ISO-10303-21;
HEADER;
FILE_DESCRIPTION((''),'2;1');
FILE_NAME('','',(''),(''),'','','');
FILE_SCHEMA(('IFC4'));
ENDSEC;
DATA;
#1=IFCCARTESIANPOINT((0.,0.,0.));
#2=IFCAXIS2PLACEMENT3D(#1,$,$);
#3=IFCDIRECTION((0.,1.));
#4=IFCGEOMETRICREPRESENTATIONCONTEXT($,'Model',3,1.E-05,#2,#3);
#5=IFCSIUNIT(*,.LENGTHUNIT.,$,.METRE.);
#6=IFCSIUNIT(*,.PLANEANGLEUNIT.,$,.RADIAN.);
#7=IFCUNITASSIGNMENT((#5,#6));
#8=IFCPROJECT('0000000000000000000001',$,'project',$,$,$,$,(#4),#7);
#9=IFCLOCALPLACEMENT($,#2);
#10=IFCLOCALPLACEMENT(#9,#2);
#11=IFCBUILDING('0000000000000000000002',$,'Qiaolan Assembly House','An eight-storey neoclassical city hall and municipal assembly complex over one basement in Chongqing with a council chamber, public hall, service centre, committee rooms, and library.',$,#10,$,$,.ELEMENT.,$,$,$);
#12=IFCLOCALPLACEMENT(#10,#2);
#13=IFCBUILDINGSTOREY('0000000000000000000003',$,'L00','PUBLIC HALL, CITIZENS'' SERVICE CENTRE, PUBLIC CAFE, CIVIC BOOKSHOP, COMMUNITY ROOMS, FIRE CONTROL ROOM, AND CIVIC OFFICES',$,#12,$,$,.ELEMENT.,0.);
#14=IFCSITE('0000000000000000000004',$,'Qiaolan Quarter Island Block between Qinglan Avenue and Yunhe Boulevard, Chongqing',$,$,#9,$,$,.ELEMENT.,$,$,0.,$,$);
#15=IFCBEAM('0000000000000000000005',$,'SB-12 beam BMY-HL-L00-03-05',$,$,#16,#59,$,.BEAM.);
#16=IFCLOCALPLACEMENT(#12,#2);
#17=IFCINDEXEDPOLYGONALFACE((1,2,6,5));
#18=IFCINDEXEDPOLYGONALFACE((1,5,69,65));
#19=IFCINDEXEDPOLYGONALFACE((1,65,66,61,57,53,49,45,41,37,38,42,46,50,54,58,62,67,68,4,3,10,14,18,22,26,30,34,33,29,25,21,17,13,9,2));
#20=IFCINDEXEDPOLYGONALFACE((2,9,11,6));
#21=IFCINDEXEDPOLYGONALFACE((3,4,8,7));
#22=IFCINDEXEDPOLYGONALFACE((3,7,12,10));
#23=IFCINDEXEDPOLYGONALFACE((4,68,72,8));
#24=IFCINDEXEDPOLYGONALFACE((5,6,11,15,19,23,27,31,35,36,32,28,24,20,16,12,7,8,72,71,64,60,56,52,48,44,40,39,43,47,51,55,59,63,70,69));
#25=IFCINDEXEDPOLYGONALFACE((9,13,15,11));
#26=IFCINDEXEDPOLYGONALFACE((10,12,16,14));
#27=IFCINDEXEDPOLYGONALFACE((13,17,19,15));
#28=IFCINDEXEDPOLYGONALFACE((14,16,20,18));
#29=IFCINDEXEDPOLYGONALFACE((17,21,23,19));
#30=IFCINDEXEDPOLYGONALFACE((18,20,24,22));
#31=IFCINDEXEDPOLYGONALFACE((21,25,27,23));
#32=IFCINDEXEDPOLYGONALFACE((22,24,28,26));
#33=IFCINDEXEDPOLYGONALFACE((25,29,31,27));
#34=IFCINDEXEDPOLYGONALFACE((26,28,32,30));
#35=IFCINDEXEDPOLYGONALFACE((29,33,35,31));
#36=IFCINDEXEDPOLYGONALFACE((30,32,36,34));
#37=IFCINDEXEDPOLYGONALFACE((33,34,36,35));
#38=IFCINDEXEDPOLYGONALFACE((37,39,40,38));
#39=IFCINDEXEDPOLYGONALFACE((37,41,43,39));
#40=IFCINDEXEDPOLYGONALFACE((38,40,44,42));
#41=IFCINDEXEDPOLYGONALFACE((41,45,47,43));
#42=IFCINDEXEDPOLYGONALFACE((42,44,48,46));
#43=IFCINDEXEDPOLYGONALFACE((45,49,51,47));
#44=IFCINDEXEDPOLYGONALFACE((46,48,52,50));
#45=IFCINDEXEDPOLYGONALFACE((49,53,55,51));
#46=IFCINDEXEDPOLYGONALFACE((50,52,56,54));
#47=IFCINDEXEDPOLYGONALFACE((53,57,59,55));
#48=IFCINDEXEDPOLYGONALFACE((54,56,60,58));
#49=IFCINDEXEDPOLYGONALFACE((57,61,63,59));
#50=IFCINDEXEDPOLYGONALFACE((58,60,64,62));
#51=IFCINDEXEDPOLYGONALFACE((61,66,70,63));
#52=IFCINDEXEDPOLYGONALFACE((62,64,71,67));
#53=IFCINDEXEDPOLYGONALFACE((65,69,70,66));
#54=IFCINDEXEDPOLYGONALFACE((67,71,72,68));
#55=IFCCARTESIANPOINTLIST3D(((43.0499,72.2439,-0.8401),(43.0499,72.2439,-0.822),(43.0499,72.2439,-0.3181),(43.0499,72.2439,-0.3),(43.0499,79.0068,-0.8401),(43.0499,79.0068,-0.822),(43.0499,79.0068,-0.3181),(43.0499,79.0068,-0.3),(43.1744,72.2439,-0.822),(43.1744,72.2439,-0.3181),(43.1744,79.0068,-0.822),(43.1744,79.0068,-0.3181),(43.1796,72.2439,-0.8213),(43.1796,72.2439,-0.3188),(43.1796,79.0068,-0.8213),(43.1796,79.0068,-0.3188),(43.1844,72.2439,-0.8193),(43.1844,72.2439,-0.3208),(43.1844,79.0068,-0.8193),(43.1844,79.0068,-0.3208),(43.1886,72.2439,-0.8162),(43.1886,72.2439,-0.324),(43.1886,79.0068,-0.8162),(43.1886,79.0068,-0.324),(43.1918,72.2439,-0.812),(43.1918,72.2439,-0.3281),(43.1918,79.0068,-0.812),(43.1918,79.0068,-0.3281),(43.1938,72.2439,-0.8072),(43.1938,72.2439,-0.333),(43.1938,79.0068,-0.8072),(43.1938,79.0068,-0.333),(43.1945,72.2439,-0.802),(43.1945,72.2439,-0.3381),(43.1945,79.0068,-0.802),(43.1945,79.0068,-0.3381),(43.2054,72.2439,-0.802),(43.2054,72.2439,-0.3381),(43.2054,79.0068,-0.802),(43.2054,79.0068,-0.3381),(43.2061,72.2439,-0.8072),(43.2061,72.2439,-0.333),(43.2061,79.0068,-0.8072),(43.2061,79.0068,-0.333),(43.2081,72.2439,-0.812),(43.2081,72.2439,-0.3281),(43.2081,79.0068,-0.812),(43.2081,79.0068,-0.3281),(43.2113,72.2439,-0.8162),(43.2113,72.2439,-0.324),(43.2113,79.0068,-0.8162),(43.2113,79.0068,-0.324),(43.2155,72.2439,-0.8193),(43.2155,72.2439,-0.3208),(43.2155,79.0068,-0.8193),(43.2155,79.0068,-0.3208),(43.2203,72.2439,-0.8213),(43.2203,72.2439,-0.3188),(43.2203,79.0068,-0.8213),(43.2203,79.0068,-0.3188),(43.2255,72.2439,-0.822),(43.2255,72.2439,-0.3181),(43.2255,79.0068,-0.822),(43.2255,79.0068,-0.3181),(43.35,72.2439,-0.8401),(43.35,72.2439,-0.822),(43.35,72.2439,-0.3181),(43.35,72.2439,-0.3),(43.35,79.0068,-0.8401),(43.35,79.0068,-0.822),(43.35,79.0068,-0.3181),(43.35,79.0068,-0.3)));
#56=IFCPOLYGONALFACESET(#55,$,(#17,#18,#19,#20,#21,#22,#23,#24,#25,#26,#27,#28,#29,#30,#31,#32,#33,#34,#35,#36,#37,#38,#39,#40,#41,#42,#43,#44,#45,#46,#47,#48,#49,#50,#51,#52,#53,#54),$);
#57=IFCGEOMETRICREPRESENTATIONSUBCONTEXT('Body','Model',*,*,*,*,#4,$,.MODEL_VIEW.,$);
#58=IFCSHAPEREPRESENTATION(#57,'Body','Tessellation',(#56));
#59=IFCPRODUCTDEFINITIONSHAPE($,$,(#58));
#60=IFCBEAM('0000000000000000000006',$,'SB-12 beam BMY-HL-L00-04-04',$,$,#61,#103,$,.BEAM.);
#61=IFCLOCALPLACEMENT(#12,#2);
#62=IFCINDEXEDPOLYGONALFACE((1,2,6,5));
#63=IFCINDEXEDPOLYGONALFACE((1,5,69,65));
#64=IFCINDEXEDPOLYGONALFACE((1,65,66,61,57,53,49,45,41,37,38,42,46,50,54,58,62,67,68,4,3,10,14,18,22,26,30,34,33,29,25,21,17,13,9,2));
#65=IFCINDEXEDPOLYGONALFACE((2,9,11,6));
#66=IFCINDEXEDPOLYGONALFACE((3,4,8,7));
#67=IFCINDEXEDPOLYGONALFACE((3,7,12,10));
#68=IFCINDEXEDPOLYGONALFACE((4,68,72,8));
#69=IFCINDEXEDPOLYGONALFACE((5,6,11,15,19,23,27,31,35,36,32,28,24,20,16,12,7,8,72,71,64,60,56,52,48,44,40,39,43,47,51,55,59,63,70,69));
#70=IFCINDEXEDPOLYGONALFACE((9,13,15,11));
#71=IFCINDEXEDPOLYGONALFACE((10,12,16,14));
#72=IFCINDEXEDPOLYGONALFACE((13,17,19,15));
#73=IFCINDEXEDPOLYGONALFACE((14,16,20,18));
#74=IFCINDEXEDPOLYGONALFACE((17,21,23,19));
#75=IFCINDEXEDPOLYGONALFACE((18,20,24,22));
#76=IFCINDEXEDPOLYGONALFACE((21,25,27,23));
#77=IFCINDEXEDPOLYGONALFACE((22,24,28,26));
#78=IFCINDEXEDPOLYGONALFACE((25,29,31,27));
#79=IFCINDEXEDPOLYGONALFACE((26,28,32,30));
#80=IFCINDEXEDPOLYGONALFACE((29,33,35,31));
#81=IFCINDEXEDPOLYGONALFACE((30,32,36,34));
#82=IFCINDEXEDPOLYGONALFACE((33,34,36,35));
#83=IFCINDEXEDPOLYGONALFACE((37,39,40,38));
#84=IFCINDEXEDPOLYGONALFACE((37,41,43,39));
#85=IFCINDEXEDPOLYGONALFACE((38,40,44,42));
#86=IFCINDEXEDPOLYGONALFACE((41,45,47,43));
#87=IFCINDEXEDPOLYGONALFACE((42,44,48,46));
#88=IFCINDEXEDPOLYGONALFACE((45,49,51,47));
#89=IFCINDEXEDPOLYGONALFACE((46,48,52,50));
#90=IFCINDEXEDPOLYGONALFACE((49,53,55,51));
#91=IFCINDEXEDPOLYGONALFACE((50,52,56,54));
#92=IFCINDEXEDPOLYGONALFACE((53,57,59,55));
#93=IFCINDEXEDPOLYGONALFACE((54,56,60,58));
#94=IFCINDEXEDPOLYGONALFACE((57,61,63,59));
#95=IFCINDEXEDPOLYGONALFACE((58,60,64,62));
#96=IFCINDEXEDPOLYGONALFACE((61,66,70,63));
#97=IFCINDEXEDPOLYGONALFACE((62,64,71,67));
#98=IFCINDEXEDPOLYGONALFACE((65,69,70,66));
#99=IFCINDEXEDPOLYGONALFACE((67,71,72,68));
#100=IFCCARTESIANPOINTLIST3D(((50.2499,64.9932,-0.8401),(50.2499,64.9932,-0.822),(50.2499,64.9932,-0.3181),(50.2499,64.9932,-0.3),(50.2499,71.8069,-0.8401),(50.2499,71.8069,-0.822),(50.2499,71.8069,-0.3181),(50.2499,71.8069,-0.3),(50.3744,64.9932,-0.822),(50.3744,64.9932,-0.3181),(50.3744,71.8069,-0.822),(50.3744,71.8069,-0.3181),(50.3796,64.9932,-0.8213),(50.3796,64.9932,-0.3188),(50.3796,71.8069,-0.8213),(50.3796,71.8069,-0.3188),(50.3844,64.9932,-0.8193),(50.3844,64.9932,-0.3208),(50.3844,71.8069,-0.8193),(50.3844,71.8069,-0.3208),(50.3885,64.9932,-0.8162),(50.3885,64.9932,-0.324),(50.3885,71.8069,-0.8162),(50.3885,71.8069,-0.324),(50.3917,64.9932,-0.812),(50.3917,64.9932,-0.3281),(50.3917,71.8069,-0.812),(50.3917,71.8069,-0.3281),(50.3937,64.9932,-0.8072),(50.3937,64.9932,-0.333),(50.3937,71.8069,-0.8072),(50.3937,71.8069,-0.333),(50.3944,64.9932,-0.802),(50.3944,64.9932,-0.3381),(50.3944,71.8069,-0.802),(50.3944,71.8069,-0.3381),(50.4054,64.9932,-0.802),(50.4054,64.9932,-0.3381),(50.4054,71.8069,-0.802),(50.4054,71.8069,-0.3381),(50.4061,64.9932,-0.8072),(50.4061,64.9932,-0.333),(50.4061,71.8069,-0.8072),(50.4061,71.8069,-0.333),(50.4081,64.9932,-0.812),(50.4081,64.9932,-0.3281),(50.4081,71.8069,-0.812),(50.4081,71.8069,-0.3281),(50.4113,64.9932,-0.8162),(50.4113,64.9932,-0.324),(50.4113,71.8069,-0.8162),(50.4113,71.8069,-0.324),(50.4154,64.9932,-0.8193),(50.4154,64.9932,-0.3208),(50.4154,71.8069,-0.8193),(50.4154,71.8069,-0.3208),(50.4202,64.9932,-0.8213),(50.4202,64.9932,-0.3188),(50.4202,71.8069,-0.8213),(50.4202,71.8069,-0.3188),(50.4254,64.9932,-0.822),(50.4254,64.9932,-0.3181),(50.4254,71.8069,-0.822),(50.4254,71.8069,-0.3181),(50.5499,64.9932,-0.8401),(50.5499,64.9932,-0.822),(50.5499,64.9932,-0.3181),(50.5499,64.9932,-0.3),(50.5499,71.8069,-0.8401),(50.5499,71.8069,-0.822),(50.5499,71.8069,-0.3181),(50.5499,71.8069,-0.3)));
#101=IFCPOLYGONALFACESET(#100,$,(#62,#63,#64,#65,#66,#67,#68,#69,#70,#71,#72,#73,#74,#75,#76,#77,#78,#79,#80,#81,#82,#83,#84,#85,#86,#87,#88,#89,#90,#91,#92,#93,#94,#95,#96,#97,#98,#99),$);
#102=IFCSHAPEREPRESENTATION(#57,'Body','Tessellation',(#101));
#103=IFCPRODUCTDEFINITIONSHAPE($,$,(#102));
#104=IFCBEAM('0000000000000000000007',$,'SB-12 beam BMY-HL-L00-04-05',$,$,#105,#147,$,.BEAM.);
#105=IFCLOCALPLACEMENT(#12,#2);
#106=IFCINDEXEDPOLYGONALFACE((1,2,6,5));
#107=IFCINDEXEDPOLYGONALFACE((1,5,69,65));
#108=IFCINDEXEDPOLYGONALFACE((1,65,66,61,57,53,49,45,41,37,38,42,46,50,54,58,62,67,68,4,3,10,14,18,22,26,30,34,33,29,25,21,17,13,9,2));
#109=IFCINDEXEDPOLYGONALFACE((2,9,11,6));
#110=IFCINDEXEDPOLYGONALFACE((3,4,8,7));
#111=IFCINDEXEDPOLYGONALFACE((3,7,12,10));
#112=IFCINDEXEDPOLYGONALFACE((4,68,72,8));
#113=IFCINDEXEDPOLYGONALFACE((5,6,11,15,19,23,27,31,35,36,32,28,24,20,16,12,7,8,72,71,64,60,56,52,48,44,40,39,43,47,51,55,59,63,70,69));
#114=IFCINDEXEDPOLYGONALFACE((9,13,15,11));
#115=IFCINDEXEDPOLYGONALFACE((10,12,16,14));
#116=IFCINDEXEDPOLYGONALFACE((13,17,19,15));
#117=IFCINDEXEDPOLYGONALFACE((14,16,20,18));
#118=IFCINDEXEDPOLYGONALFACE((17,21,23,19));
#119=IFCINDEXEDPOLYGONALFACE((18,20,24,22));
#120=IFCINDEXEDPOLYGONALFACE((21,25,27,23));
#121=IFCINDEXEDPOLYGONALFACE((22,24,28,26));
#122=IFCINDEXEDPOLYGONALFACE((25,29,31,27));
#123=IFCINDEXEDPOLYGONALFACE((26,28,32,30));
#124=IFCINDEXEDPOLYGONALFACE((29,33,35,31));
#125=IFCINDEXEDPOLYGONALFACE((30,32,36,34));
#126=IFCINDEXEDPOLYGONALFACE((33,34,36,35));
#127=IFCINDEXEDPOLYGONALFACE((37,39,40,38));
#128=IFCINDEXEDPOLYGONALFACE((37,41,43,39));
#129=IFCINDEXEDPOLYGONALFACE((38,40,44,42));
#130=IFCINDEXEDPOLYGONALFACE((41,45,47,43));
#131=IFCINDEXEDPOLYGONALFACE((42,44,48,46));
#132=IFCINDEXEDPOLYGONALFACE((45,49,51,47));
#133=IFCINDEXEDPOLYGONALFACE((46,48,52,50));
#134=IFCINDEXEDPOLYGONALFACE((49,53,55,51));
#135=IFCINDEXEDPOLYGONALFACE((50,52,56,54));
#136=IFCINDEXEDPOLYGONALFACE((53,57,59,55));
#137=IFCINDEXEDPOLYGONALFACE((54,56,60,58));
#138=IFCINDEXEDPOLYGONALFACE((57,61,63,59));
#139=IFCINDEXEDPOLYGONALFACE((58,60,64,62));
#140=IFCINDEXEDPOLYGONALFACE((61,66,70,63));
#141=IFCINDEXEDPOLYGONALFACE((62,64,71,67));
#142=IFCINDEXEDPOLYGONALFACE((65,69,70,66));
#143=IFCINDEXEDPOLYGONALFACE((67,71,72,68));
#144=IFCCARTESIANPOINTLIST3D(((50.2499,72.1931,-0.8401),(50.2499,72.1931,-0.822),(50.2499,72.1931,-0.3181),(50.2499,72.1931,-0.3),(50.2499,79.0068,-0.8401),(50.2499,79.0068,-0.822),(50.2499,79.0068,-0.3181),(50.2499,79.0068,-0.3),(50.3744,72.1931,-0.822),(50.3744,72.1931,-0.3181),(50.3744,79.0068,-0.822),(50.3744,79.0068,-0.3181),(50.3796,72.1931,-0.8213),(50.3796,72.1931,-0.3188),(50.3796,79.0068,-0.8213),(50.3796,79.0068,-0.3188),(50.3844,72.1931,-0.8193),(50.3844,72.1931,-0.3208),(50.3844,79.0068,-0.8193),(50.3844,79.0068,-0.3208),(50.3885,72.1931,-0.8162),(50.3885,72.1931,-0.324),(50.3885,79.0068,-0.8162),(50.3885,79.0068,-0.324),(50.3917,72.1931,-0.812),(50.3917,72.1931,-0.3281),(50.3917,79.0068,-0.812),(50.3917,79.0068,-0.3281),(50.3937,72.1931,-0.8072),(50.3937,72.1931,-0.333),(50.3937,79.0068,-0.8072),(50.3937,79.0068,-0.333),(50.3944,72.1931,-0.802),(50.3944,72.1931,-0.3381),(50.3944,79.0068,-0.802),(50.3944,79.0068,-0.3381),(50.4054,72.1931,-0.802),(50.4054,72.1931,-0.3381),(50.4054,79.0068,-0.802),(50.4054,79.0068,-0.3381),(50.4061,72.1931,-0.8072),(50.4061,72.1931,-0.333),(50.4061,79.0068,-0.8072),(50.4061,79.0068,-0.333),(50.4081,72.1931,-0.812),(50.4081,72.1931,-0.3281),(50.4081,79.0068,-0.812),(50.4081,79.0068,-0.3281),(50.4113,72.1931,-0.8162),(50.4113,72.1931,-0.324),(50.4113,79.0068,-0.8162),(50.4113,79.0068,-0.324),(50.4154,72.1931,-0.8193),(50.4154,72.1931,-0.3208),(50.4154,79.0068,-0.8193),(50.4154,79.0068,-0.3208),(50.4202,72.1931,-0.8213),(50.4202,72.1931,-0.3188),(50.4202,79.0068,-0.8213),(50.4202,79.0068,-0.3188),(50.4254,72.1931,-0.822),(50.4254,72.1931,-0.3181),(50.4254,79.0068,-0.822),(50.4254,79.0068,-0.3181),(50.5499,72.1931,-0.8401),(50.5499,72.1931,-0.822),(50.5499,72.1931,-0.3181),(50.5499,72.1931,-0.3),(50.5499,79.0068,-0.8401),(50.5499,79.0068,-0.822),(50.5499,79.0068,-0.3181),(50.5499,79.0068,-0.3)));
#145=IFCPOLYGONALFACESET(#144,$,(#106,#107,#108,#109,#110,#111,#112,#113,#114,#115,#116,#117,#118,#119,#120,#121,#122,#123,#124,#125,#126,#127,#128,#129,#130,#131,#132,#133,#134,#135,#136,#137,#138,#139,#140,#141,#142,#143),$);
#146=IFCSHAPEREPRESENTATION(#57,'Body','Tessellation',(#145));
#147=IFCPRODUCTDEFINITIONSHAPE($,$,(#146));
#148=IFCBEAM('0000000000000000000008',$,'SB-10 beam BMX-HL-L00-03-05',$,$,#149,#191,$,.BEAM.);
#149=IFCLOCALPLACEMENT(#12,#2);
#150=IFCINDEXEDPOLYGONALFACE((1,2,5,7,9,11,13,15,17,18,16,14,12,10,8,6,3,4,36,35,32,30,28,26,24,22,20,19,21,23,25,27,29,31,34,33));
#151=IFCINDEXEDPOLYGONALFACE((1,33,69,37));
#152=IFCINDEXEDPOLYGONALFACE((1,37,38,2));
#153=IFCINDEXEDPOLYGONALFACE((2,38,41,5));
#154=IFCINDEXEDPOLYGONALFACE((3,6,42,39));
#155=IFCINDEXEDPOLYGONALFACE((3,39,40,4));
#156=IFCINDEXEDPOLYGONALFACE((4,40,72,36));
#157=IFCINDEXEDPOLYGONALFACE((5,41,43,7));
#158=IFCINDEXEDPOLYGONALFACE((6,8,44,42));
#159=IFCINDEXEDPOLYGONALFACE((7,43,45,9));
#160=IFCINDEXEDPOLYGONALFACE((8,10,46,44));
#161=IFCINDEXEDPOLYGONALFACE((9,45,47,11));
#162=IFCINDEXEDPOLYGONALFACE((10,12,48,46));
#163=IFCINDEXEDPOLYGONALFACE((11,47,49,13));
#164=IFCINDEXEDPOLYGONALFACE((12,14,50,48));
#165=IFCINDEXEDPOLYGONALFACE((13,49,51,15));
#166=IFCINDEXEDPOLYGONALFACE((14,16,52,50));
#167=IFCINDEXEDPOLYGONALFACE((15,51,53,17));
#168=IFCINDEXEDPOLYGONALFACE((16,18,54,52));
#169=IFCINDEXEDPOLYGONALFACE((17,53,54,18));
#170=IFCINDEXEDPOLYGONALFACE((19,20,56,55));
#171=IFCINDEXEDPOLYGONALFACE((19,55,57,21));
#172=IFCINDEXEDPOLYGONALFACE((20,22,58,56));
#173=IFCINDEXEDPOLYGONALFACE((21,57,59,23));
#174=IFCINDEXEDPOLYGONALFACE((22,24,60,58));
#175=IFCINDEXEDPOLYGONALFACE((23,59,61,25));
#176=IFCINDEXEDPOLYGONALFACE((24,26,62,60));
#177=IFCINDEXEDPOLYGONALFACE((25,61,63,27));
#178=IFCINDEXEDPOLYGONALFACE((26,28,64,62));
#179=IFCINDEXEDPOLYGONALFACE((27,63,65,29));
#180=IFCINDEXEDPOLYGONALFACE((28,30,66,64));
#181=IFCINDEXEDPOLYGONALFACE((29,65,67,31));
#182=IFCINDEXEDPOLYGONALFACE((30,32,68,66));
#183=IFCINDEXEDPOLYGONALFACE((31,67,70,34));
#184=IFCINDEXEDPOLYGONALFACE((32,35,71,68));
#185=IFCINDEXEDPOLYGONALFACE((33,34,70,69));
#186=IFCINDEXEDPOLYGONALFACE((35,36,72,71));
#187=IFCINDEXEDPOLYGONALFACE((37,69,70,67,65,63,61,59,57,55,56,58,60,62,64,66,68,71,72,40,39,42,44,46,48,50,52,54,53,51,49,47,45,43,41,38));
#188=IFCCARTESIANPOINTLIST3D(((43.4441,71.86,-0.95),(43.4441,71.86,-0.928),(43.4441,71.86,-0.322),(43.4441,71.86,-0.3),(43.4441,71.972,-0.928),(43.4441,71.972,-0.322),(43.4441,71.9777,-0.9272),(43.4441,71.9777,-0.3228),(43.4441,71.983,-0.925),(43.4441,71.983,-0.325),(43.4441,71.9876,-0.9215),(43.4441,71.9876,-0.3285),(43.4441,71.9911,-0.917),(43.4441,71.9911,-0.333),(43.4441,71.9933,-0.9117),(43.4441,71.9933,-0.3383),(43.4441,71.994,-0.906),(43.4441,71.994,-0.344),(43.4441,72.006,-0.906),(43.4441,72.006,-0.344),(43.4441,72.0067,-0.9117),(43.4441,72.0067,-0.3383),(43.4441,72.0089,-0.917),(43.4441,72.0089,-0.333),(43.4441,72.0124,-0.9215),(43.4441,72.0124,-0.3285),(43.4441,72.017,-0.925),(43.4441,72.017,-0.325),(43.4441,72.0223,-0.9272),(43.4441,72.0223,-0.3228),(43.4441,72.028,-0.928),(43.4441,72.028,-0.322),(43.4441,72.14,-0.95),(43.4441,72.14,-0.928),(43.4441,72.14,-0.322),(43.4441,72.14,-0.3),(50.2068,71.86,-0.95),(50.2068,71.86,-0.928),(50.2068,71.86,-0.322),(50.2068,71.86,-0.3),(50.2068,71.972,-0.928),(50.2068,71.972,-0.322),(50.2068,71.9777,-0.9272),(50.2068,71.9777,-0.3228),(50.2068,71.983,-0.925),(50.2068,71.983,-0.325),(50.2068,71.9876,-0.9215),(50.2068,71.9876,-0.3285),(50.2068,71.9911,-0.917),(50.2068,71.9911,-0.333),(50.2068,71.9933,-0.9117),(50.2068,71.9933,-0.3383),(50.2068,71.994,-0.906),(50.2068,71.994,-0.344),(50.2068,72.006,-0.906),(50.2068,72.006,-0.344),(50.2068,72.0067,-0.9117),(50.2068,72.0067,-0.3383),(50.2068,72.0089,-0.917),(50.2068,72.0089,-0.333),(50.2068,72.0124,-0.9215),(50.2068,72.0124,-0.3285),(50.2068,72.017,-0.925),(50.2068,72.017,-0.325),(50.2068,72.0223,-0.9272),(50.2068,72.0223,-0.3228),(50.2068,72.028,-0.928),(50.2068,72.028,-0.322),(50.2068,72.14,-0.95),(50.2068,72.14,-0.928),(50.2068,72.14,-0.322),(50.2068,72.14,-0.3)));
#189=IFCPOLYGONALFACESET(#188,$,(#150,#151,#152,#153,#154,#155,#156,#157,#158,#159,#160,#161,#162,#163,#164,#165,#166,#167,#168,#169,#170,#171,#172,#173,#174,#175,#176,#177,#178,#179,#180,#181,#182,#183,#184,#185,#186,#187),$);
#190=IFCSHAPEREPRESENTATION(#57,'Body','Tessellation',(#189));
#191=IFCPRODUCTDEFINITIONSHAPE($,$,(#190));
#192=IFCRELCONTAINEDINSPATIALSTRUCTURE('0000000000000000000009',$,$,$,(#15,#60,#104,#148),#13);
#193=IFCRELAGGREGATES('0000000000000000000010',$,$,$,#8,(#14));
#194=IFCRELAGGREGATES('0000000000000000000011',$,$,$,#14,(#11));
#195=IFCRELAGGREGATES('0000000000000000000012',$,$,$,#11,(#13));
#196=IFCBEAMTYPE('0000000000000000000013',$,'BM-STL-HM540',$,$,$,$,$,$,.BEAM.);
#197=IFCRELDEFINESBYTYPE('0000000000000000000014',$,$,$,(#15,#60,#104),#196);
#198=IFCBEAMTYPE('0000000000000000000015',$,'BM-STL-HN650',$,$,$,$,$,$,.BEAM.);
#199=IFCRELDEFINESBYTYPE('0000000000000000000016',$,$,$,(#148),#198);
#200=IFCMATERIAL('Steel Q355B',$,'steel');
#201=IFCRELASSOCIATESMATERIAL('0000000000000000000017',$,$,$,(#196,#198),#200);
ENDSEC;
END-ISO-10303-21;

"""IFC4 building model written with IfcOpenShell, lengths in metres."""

from ifc_helpers import new_model, si_unit, direction, frame, origin, origin_2d, place, context, subcontext, project, spatial, i_section, extrude, material, material_profile, profile_set, type_object, element, save


model = new_model("IFC4")

# Units and contexts
model_context = context("Model", 3, precision=1e-05, world=origin(), true_north=direction((0.0, 1.0)))
body_context = subcontext(model_context, "Body", "Model", "MODEL_VIEW")
ifc_project = project(units=[si_unit("LENGTHUNIT", "METRE"), si_unit("PLANEANGLEUNIT", "RADIAN")], contexts=[model_context])

# Site, building, storey
site_placement = place(None, origin())
site = spatial("IfcSite", under=ifc_project, at=site_placement, Name="Qiaolan Quarter Island Block between Qinglan Avenue and Yunhe Boulevard, Chongqing", CompositionType="ELEMENT", RefElevation=0.0)
building_placement = place(site_placement, origin())
building = spatial("IfcBuilding", under=site, at=building_placement, Name="Qiaolan Assembly House", Description="An eight-storey neoclassical city hall and municipal assembly complex over one basement in Chongqing with a council chamber, public hall, service centre, committee rooms, and library.", CompositionType="ELEMENT")
storey_placement = place(building_placement, origin())
storey = spatial("IfcBuildingStorey", under=building, at=storey_placement, Name="L00", Description="PUBLIC HALL, CITIZENS' SERVICE CENTRE, PUBLIC CAFE, CIVIC BOOKSHOP, COMMUNITY ROOMS, FIRE CONTROL ROOM, AND CIVIC OFFICES", CompositionType="ELEMENT", Elevation=0.0)

# Shared definitions
ifc_material_1 = material(Name="Steel Q355B", Category="steel")

# Beams
ifc_material_profile_1 = material_profile(ifc_material_1, i_section(OverallWidth=0.3, OverallDepth=0.54, WebThickness=0.011, FlangeThickness=0.0181, FilletRadius=0.02, at=origin_2d()), Name="HM 540x300x11x18")
ifc_profile_set_1 = profile_set([ifc_material_profile_1], Name="Steel Q355B")
beam_type_1 = type_object("IfcBeamType", Name="BM-STL-HM540", PredefinedType="BEAM", material=ifc_profile_set_1)
for number, where, z_axis, x_axis, name in (
    (1, (43.2, 72.2439, -0.5701), (0.0, 1.0, 0.0), (-1.0, 0.0, 0.0), "SB-12 beam BMY-HL-L00-03-05"),
):
    element("IfcBeam", number, at=place(storey_placement, frame(where, z_axis=z_axis, x_axis=x_axis)), inside=storey, type_object=beam_type_1, Name=name, PredefinedType="BEAM", context=body_context, shape_type="SweptSolid", body=[
        extrude(i_section(OverallWidth=0.3, OverallDepth=0.54, WebThickness=0.011, FlangeThickness=0.0181, FilletRadius=0.02, at=origin_2d()), origin(), (0.0, 0.0, 1.0), 6.7629),
    ])
for number, where, z_axis, x_axis, name in (
    (2, (50.3999, 64.9932, -0.5701), (0.0, 1.0, 0.0), (-1.0, 0.0, 0.0), "SB-12 beam BMY-HL-L00-04-04"),
    (3, (50.3999, 72.1931, -0.5701), (0.0, 1.0, 0.0), (-1.0, 0.0, 0.0), "SB-12 beam BMY-HL-L00-04-05"),
):
    element("IfcBeam", number, at=place(storey_placement, frame(where, z_axis=z_axis, x_axis=x_axis)), inside=storey, type_object=beam_type_1, Name=name, PredefinedType="BEAM", context=body_context, shape_type="SweptSolid", body=[
        extrude(i_section(OverallWidth=0.3, OverallDepth=0.54, WebThickness=0.011, FlangeThickness=0.0181, FilletRadius=0.02, at=origin_2d()), origin(), (0.0, 0.0, 1.0), 6.8137),
    ])
ifc_material_profile_2 = material_profile(ifc_material_1, i_section(OverallWidth=0.28, OverallDepth=0.6499, WebThickness=0.012, FlangeThickness=0.022, FilletRadius=0.022, at=origin_2d()), Name="HN 650x280x12x22")
ifc_profile_set_2 = profile_set([ifc_material_profile_2], Name="Steel Q355B")
beam_type_2 = type_object("IfcBeamType", Name="BM-STL-HN650", PredefinedType="BEAM", material=ifc_profile_set_2)
beam_placement = place(storey_placement, frame((43.4441, 72.0, -0.625), z_axis=(1.0, 0.0, 0.0), x_axis=(0.0, 1.0, 0.0)))
element("IfcBeam", 4, at=beam_placement, inside=storey, type_object=beam_type_2, Name="SB-10 beam BMX-HL-L00-03-05", PredefinedType="BEAM", context=body_context, shape_type="SweptSolid", body=[
    extrude(i_section(OverallWidth=0.28, OverallDepth=0.6499, WebThickness=0.012, FlangeThickness=0.022, FilletRadius=0.022, at=origin_2d()), origin(), (0.0, 0.0, 1.0), 6.7627),
])

save(model, "model.ifc")
